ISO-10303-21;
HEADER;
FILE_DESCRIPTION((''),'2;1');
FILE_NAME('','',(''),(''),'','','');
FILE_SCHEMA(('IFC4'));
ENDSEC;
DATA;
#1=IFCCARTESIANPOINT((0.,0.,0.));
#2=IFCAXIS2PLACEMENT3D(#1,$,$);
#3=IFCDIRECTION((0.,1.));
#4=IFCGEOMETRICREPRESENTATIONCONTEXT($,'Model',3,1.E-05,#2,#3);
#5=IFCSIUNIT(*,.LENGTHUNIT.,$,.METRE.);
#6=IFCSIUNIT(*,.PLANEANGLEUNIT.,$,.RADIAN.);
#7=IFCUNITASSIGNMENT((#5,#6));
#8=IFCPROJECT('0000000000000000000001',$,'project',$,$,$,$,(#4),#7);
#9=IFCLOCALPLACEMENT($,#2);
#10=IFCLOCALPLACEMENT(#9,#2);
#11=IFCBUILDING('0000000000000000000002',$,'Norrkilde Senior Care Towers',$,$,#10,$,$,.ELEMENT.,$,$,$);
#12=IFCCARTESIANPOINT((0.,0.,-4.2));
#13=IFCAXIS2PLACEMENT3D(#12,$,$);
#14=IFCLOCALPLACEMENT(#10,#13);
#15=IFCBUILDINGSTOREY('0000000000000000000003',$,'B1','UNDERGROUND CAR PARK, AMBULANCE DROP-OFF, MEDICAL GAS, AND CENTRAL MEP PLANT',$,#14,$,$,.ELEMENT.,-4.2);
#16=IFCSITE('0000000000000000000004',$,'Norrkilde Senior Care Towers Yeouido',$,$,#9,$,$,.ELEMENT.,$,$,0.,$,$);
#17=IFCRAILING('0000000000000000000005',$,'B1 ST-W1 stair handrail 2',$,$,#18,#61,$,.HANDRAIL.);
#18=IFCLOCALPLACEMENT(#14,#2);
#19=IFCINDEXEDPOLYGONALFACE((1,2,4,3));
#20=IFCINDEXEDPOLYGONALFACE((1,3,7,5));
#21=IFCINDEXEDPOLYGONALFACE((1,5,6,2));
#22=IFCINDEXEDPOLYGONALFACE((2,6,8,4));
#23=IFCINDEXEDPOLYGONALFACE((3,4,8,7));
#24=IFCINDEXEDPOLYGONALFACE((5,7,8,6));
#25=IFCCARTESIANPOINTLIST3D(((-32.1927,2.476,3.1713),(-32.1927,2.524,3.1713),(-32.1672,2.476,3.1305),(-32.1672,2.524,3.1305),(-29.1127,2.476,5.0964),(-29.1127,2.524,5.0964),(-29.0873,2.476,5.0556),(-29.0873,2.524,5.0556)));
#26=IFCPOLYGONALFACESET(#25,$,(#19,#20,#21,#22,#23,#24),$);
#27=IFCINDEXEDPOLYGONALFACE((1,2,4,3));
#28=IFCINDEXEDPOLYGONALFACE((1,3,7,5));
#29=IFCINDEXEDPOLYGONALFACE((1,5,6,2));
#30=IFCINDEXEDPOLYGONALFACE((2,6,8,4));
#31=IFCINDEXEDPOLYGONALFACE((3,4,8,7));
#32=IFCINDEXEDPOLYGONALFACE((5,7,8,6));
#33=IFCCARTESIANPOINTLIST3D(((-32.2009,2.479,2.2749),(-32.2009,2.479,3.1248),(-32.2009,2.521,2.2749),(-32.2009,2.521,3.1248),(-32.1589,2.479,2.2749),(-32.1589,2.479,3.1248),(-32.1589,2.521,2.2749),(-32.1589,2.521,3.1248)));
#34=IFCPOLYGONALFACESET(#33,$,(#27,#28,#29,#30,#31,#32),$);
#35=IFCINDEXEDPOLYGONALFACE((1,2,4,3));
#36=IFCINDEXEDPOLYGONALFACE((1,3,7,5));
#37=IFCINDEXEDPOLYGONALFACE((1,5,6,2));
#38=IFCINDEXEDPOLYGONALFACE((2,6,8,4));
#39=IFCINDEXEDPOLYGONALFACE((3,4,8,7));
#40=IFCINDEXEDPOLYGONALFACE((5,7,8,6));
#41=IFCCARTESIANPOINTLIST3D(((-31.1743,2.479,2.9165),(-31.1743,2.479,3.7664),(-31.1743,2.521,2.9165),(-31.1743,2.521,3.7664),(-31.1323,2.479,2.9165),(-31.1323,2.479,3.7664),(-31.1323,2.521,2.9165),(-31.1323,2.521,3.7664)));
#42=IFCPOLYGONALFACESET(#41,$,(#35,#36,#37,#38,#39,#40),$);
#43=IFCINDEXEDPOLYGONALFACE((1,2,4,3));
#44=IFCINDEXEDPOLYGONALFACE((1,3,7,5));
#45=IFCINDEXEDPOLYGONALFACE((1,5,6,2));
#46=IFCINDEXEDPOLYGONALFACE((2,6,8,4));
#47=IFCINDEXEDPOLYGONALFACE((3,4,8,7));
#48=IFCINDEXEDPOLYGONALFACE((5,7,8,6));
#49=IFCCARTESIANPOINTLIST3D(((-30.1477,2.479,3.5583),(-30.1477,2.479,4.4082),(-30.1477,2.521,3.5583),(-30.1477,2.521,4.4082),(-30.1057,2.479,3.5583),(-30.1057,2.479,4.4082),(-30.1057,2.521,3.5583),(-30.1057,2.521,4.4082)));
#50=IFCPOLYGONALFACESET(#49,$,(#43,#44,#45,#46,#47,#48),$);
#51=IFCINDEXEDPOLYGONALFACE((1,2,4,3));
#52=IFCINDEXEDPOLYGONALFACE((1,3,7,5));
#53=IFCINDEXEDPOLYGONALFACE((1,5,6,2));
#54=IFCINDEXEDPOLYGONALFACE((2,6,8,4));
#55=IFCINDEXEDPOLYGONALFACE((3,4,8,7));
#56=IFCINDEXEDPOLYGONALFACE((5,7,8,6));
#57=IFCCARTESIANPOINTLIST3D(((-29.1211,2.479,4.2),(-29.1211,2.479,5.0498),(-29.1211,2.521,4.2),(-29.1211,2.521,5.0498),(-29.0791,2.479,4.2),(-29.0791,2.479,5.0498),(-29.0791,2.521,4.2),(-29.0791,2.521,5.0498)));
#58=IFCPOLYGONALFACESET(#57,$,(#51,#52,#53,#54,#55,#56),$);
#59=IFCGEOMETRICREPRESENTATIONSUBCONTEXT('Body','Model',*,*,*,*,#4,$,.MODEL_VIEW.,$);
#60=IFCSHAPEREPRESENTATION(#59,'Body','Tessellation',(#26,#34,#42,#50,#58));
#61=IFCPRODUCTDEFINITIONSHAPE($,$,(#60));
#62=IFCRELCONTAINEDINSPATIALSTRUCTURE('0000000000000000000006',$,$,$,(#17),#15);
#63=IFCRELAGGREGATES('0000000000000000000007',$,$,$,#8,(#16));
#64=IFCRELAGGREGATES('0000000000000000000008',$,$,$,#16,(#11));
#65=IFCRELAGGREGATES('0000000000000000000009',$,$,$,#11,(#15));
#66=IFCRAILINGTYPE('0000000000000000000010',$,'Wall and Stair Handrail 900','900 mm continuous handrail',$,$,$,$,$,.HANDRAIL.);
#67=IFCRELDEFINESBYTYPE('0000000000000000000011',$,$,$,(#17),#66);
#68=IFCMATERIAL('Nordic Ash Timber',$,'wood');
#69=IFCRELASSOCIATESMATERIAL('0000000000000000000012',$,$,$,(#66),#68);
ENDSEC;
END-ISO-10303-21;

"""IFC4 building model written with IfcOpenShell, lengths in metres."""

from ifc_helpers import new_model, si_unit, direction, frame, origin, origin_2d, place, context, subcontext, project, spatial, rectangle, extrude, material, type_object, element, save


model = new_model("IFC4")

# Units and contexts
model_context = context("Model", 3, precision=1e-05, world=origin(), true_north=direction((0.0, 1.0)))
body_context = subcontext(model_context, "Body", "Model", "MODEL_VIEW")
ifc_project = project(units=[si_unit("LENGTHUNIT", "METRE"), si_unit("PLANEANGLEUNIT", "RADIAN")], contexts=[model_context])

# Site, building, storey
site_placement = place(None, origin())
site = spatial("IfcSite", under=ifc_project, at=site_placement, Name="Norrkilde Senior Care Towers Yeouido", CompositionType="ELEMENT", RefElevation=0.0)
building_placement = place(site_placement, origin())
building = spatial("IfcBuilding", under=site, at=building_placement, Name="Norrkilde Senior Care Towers", CompositionType="ELEMENT")
storey_placement = place(building_placement, frame((0.0, 0.0, -4.2)))
storey = spatial("IfcBuildingStorey", under=building, at=storey_placement, Name="B1", Description="UNDERGROUND CAR PARK, AMBULANCE DROP-OFF, MEDICAL GAS, AND CENTRAL MEP PLANT", CompositionType="ELEMENT", Elevation=-4.2)

# Railing
ifc_material_1 = material(Name="Nordic Ash Timber", Category="wood")
railing_type_1 = type_object("IfcRailingType", Name="Wall and Stair Handrail 900", Description="900 mm continuous handrail", PredefinedType="HANDRAIL", material=ifc_material_1)
railing_1_placement = place(storey_placement, frame((-32.1799, 2.5, 2.2749)))
element("IfcRailing", 1, at=railing_1_placement, inside=storey, type_object=railing_type_1, Name="B1 ST-W1 stair handrail 2", PredefinedType="HANDRAIL", context=body_context, shape_type="SweptSolid", body=[
    extrude(rectangle(XDim=0.0481, YDim=0.0481, at=origin_2d()), frame((0.0, 0.0, 0.876), z_axis=(0.847979, 0.0, 0.530029), x_axis=(0.0, 1.0, 0.0)), (0.0, 0.0, 1.0), 3.6321),
    extrude(rectangle(XDim=0.042, YDim=0.042, at=origin_2d()), origin(), (0.0, 0.0, 1.0), 0.8499),
    extrude(rectangle(XDim=0.042, YDim=0.042, at=origin_2d()), frame((1.0266, 0.0, 0.6416)), (0.0, 0.0, 1.0), 0.8499),
    extrude(rectangle(XDim=0.042, YDim=0.042, at=origin_2d()), frame((2.0532, 0.0, 1.2834)), (0.0, 0.0, 1.0), 0.8499),
    extrude(rectangle(XDim=0.042, YDim=0.042, at=origin_2d()), frame((3.0798, 0.0, 1.925)), (0.0, 0.0, 1.0), 0.8499),
])

save(model, "model.ifc")
